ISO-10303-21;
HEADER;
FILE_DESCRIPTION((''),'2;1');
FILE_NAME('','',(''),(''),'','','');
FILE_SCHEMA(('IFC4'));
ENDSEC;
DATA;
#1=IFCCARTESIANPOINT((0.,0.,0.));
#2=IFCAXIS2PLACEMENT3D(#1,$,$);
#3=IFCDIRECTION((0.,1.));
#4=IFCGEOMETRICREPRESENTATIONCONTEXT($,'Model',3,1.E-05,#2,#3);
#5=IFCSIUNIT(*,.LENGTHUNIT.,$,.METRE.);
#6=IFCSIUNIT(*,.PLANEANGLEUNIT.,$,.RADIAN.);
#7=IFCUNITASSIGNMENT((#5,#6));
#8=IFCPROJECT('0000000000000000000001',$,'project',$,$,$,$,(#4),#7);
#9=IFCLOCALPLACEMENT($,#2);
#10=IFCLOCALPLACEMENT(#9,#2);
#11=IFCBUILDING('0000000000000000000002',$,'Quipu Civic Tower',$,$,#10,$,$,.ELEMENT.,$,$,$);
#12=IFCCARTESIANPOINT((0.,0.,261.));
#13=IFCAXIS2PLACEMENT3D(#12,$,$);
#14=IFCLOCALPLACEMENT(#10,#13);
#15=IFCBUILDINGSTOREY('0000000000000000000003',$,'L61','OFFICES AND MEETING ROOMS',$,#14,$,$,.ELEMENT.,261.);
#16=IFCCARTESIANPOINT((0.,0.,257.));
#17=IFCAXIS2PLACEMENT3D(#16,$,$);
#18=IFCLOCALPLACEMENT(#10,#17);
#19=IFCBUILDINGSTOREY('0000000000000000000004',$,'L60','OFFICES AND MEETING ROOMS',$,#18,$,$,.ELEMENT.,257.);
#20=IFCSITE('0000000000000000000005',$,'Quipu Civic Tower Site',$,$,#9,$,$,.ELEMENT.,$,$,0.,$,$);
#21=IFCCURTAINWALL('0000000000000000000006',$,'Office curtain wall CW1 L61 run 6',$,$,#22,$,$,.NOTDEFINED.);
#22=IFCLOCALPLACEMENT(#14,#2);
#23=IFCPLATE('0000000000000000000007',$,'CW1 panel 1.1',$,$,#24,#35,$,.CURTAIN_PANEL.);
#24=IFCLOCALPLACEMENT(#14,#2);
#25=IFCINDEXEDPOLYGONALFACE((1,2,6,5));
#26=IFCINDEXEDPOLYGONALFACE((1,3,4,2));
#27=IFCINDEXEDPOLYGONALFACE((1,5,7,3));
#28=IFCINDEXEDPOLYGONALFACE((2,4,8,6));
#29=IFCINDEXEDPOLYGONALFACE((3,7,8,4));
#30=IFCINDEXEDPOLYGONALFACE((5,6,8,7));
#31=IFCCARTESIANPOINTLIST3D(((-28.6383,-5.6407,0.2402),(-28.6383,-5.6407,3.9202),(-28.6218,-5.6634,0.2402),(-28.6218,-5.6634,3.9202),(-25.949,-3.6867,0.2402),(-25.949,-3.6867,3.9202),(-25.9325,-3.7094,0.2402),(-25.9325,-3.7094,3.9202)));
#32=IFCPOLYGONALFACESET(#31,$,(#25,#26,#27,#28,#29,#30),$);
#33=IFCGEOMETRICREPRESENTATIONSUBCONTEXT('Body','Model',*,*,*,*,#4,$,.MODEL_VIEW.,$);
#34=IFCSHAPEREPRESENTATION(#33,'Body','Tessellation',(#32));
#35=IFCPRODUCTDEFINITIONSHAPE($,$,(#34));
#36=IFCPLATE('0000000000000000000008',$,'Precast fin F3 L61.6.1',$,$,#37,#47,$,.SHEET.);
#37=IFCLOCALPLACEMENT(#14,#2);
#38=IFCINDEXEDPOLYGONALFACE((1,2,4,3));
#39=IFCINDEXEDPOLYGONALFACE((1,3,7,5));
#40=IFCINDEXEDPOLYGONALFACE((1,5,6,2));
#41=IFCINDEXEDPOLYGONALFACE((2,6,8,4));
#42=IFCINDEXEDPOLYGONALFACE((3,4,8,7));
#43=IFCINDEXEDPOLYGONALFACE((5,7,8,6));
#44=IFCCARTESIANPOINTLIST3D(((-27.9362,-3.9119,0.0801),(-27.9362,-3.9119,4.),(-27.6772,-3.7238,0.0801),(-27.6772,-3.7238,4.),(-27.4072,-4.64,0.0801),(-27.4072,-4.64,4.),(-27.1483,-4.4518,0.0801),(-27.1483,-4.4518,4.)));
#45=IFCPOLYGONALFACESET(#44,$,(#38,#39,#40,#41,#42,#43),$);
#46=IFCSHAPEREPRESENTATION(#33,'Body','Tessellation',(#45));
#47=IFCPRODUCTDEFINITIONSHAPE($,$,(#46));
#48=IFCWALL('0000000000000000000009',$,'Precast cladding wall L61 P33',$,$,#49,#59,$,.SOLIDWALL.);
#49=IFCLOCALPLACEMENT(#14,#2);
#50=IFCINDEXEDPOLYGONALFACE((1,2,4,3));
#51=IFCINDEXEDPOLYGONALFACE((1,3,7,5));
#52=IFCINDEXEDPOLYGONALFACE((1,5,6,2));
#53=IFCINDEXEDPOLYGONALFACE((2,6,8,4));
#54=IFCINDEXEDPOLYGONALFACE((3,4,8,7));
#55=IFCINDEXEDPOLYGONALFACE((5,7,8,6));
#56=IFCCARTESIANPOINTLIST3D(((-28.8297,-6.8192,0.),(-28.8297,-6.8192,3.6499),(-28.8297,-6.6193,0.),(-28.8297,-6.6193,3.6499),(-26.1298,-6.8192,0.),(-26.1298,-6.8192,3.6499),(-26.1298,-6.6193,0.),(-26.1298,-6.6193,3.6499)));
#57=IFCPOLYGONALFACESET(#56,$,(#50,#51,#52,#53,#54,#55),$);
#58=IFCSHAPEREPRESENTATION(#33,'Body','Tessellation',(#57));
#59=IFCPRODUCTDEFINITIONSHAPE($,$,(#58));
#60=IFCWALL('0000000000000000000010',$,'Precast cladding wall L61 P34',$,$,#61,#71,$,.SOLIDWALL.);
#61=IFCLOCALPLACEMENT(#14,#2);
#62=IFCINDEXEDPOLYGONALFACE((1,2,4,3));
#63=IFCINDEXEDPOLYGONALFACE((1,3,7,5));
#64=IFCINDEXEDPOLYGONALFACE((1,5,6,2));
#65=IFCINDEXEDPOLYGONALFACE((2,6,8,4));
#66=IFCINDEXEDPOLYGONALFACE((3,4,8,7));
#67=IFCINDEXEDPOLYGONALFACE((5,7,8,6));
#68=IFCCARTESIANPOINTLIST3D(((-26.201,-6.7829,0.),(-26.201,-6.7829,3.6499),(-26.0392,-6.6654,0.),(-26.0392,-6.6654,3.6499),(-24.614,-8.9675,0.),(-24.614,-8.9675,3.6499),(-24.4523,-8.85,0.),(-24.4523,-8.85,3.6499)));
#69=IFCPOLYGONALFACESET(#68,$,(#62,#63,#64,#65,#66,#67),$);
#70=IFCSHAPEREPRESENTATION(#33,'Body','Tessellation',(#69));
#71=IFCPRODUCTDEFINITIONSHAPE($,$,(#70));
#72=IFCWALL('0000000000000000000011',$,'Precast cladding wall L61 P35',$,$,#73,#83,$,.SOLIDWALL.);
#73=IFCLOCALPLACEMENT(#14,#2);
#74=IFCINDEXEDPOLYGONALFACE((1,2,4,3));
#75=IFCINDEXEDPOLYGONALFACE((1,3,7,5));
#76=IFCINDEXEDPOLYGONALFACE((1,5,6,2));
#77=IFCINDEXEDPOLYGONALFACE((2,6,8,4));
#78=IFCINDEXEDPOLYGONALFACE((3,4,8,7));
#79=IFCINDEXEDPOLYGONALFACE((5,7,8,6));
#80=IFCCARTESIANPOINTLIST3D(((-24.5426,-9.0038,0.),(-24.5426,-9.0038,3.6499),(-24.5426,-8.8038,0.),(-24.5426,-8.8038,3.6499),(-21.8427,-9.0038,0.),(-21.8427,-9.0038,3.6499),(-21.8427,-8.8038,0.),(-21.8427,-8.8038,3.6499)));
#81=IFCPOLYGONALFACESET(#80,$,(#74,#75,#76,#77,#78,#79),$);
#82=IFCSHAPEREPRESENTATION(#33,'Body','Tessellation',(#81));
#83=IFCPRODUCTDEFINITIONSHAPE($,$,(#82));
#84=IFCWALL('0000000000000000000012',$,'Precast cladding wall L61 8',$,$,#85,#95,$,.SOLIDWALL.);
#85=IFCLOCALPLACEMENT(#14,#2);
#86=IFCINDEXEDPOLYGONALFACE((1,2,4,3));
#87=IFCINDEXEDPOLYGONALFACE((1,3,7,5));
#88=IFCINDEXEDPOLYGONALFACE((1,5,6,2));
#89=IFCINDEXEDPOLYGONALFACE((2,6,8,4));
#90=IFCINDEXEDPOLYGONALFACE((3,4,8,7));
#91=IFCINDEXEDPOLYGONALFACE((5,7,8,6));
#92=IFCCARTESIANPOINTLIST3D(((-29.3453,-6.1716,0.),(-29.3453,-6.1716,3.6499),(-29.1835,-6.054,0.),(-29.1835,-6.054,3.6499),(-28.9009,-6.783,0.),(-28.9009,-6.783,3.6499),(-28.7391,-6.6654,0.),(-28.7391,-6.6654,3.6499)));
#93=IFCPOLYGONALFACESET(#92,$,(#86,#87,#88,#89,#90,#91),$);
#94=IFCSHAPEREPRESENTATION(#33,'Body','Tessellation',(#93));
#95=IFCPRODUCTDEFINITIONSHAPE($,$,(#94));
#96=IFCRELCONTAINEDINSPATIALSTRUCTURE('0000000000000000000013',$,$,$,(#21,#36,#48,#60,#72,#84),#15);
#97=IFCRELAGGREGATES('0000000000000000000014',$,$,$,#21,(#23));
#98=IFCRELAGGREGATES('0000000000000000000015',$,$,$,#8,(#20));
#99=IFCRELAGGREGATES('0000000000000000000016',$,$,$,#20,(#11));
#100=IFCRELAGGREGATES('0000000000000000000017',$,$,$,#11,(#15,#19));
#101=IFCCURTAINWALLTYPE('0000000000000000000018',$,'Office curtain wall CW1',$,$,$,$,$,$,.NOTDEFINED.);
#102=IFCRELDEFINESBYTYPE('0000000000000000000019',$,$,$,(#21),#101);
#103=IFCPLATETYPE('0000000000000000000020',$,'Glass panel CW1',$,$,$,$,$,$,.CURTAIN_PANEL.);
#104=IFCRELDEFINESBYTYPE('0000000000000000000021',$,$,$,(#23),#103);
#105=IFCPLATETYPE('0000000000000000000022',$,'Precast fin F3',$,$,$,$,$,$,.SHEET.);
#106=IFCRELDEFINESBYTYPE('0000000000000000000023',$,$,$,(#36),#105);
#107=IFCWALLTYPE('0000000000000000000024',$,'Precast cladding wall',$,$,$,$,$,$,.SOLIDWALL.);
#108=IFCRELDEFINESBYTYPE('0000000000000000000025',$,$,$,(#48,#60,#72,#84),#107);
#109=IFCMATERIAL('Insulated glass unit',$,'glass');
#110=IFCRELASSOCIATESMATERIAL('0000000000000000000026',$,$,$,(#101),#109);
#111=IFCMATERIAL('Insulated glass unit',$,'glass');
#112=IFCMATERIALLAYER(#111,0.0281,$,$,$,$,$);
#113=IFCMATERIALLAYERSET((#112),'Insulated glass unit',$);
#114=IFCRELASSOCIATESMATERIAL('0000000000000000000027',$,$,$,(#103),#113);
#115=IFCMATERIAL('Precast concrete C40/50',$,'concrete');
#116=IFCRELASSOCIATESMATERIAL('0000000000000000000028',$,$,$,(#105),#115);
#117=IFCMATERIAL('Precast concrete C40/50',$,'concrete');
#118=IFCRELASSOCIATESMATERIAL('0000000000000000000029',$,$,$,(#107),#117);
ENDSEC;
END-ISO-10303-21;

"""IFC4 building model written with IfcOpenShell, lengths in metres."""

from ifc_helpers import new_model, si_unit, direction, frame, frame_2d, origin, origin_2d, place, context, subcontext, project, spatial, rectangle, extrude, material, layer, layer_set, type_object, element, aggregate, save


model = new_model("IFC4")

# Units and contexts
model_context = context("Model", 3, precision=1e-05, world=origin(), true_north=direction((0.0, 1.0)))
body_context = subcontext(model_context, "Body", "Model", "MODEL_VIEW")
ifc_project = project(units=[si_unit("LENGTHUNIT", "METRE"), si_unit("PLANEANGLEUNIT", "RADIAN")], contexts=[model_context])

# Site, building, storey
site_placement = place(None, origin())
site = spatial("IfcSite", under=ifc_project, at=site_placement, Name="Quipu Civic Tower Site", CompositionType="ELEMENT", RefElevation=0.0)
building_placement = place(site_placement, origin())
building = spatial("IfcBuilding", under=site, at=building_placement, Name="Quipu Civic Tower", CompositionType="ELEMENT")
storey_1_placement = place(building_placement, frame((0.0, 0.0, 261.0)))
storey_1 = spatial("IfcBuildingStorey", under=building, at=storey_1_placement, Name="L61", Description="OFFICES AND MEETING ROOMS", CompositionType="ELEMENT", Elevation=261.0)

# Shared definitions
ifc_material_1 = material(Name="Insulated glass unit", Category="glass")
curtain_wall_type = type_object("IfcCurtainWallType", Name="Office curtain wall CW1", PredefinedType="NOTDEFINED", material=ifc_material_1)

# Curtain wall
curtain_wall_1_placement = place(storey_1_placement, origin())
curtain_wall_1 = element("IfcCurtainWall", 1, at=curtain_wall_1_placement, inside=storey_1, type_object=curtain_wall_type, Name="Office curtain wall CW1 L61 run 6", PredefinedType="NOTDEFINED")

# Shared definitions
storey_2_placement = place(building_placement, frame((0.0, 0.0, 257.0)))
storey_2 = spatial("IfcBuildingStorey", under=building, at=storey_2_placement, Name="L60", Description="OFFICES AND MEETING ROOMS", CompositionType="ELEMENT", Elevation=257.0)

# Plates
ifc_material_2 = material(Name="Insulated glass unit", Category="glass")
ifc_layer = layer(ifc_material_2, 0.0281)
ifc_layer_set = layer_set([ifc_layer], Name="Insulated glass unit")
plate_type_1 = type_object("IfcPlateType", Name="Glass panel CW1", PredefinedType="CURTAIN_PANEL", material=ifc_layer_set)
plate_1_placement = place(storey_1_placement, frame((-27.2854, -4.675, 0.2402), z_axis=(0.0, 0.0, 1.0), x_axis=(-0.809018, -0.587784, 0.0)))
plate_1 = element("IfcPlate", 2, at=plate_1_placement, type_object=plate_type_1, Name="CW1 panel 1.1", PredefinedType="CURTAIN_PANEL", context=body_context, shape_type="SweptSolid", body=[
    extrude(rectangle(XDim=3.3242, YDim=0.0281, at=origin_2d()), origin(), (0.0, 0.0, 1.0), 3.6799),
])
aggregate(curtain_wall_1, [plate_1])
ifc_material_3 = material(Name="Precast concrete C40/50", Category="concrete")
plate_type_2 = type_object("IfcPlateType", Name="Precast fin F3", PredefinedType="SHEET", material=ifc_material_3)
plate_2_placement = place(storey_1_placement, frame((-27.5422, -4.1819, 0.0801), z_axis=(0.0, 0.0, 1.0), x_axis=(-0.809019, -0.587782, 0.0)))
element("IfcPlate", 3, at=plate_2_placement, inside=storey_1, type_object=plate_type_2, Name="Precast fin F3 L61.6.1", PredefinedType="SHEET", context=body_context, shape_type="SweptSolid", body=[
    extrude(rectangle(XDim=0.3201, YDim=0.8999, at=origin_2d()), origin(), (0.0, 0.0, 1.0), 3.9199),
])

# Walls
ifc_material_4 = material(Name="Precast concrete C40/50", Category="concrete")
wall_type = type_object("IfcWallType", Name="Precast cladding wall", PredefinedType="SOLIDWALL", material=ifc_material_4)
wall_1_placement = place(storey_1_placement, frame((-28.8298, -6.7192, 0.0), z_axis=(0.0, 0.0, 1.0), x_axis=(1.0, 0.0, 0.0)))
element("IfcWall", 4, at=wall_1_placement, inside=storey_1, type_object=wall_type, Name="Precast cladding wall L61 P33", PredefinedType="SOLIDWALL", context=body_context, shape_type="SweptSolid", body=[
    extrude(rectangle(XDim=2.7, YDim=0.2, at=frame_2d((1.3501, 0.0))), origin(), (0.0, 0.0, 1.0), 3.6499),
])
wall_2_placement = place(storey_1_placement, frame((-26.1201, -6.7241, 0.0), z_axis=(0.0, 0.0, 1.0), x_axis=(0.58772, -0.809064, 0.0)))
element("IfcWall", 5, at=wall_2_placement, inside=storey_1, type_object=wall_type, Name="Precast cladding wall L61 P34", PredefinedType="SOLIDWALL", context=body_context, shape_type="SweptSolid", body=[
    extrude(rectangle(XDim=2.7002, YDim=0.2, at=frame_2d((1.3501, 0.0))), origin(), (0.0, 0.0, 1.0), 3.6499),
])
wall_3_placement = place(storey_1_placement, frame((-24.5427, -8.9038, 0.0), z_axis=(0.0, 0.0, 1.0), x_axis=(1.0, 0.0, 0.0)))
element("IfcWall", 6, at=wall_3_placement, inside=storey_1, type_object=wall_type, Name="Precast cladding wall L61 P35", PredefinedType="SOLIDWALL", context=body_context, shape_type="SweptSolid", body=[
    extrude(rectangle(XDim=2.7, YDim=0.2, at=frame_2d((1.3501, 0.0))), origin(), (0.0, 0.0, 1.0), 3.6499),
])
wall_4_placement = place(storey_1_placement, frame((-29.2644, -6.1128, 0.0), z_axis=(0.0, 0.0, 1.0), x_axis=(0.587941, -0.808904, 0.0)))
element("IfcWall", 7, at=wall_4_placement, inside=storey_1, type_object=wall_type, Name="Precast cladding wall L61 8", PredefinedType="SOLIDWALL", context=body_context, shape_type="SweptSolid", body=[
    extrude(rectangle(XDim=0.7559, YDim=0.2, at=frame_2d((0.3779, 0.0))), origin(), (0.0, 0.0, 1.0), 3.6499),
])

save(model, "model.ifc")
